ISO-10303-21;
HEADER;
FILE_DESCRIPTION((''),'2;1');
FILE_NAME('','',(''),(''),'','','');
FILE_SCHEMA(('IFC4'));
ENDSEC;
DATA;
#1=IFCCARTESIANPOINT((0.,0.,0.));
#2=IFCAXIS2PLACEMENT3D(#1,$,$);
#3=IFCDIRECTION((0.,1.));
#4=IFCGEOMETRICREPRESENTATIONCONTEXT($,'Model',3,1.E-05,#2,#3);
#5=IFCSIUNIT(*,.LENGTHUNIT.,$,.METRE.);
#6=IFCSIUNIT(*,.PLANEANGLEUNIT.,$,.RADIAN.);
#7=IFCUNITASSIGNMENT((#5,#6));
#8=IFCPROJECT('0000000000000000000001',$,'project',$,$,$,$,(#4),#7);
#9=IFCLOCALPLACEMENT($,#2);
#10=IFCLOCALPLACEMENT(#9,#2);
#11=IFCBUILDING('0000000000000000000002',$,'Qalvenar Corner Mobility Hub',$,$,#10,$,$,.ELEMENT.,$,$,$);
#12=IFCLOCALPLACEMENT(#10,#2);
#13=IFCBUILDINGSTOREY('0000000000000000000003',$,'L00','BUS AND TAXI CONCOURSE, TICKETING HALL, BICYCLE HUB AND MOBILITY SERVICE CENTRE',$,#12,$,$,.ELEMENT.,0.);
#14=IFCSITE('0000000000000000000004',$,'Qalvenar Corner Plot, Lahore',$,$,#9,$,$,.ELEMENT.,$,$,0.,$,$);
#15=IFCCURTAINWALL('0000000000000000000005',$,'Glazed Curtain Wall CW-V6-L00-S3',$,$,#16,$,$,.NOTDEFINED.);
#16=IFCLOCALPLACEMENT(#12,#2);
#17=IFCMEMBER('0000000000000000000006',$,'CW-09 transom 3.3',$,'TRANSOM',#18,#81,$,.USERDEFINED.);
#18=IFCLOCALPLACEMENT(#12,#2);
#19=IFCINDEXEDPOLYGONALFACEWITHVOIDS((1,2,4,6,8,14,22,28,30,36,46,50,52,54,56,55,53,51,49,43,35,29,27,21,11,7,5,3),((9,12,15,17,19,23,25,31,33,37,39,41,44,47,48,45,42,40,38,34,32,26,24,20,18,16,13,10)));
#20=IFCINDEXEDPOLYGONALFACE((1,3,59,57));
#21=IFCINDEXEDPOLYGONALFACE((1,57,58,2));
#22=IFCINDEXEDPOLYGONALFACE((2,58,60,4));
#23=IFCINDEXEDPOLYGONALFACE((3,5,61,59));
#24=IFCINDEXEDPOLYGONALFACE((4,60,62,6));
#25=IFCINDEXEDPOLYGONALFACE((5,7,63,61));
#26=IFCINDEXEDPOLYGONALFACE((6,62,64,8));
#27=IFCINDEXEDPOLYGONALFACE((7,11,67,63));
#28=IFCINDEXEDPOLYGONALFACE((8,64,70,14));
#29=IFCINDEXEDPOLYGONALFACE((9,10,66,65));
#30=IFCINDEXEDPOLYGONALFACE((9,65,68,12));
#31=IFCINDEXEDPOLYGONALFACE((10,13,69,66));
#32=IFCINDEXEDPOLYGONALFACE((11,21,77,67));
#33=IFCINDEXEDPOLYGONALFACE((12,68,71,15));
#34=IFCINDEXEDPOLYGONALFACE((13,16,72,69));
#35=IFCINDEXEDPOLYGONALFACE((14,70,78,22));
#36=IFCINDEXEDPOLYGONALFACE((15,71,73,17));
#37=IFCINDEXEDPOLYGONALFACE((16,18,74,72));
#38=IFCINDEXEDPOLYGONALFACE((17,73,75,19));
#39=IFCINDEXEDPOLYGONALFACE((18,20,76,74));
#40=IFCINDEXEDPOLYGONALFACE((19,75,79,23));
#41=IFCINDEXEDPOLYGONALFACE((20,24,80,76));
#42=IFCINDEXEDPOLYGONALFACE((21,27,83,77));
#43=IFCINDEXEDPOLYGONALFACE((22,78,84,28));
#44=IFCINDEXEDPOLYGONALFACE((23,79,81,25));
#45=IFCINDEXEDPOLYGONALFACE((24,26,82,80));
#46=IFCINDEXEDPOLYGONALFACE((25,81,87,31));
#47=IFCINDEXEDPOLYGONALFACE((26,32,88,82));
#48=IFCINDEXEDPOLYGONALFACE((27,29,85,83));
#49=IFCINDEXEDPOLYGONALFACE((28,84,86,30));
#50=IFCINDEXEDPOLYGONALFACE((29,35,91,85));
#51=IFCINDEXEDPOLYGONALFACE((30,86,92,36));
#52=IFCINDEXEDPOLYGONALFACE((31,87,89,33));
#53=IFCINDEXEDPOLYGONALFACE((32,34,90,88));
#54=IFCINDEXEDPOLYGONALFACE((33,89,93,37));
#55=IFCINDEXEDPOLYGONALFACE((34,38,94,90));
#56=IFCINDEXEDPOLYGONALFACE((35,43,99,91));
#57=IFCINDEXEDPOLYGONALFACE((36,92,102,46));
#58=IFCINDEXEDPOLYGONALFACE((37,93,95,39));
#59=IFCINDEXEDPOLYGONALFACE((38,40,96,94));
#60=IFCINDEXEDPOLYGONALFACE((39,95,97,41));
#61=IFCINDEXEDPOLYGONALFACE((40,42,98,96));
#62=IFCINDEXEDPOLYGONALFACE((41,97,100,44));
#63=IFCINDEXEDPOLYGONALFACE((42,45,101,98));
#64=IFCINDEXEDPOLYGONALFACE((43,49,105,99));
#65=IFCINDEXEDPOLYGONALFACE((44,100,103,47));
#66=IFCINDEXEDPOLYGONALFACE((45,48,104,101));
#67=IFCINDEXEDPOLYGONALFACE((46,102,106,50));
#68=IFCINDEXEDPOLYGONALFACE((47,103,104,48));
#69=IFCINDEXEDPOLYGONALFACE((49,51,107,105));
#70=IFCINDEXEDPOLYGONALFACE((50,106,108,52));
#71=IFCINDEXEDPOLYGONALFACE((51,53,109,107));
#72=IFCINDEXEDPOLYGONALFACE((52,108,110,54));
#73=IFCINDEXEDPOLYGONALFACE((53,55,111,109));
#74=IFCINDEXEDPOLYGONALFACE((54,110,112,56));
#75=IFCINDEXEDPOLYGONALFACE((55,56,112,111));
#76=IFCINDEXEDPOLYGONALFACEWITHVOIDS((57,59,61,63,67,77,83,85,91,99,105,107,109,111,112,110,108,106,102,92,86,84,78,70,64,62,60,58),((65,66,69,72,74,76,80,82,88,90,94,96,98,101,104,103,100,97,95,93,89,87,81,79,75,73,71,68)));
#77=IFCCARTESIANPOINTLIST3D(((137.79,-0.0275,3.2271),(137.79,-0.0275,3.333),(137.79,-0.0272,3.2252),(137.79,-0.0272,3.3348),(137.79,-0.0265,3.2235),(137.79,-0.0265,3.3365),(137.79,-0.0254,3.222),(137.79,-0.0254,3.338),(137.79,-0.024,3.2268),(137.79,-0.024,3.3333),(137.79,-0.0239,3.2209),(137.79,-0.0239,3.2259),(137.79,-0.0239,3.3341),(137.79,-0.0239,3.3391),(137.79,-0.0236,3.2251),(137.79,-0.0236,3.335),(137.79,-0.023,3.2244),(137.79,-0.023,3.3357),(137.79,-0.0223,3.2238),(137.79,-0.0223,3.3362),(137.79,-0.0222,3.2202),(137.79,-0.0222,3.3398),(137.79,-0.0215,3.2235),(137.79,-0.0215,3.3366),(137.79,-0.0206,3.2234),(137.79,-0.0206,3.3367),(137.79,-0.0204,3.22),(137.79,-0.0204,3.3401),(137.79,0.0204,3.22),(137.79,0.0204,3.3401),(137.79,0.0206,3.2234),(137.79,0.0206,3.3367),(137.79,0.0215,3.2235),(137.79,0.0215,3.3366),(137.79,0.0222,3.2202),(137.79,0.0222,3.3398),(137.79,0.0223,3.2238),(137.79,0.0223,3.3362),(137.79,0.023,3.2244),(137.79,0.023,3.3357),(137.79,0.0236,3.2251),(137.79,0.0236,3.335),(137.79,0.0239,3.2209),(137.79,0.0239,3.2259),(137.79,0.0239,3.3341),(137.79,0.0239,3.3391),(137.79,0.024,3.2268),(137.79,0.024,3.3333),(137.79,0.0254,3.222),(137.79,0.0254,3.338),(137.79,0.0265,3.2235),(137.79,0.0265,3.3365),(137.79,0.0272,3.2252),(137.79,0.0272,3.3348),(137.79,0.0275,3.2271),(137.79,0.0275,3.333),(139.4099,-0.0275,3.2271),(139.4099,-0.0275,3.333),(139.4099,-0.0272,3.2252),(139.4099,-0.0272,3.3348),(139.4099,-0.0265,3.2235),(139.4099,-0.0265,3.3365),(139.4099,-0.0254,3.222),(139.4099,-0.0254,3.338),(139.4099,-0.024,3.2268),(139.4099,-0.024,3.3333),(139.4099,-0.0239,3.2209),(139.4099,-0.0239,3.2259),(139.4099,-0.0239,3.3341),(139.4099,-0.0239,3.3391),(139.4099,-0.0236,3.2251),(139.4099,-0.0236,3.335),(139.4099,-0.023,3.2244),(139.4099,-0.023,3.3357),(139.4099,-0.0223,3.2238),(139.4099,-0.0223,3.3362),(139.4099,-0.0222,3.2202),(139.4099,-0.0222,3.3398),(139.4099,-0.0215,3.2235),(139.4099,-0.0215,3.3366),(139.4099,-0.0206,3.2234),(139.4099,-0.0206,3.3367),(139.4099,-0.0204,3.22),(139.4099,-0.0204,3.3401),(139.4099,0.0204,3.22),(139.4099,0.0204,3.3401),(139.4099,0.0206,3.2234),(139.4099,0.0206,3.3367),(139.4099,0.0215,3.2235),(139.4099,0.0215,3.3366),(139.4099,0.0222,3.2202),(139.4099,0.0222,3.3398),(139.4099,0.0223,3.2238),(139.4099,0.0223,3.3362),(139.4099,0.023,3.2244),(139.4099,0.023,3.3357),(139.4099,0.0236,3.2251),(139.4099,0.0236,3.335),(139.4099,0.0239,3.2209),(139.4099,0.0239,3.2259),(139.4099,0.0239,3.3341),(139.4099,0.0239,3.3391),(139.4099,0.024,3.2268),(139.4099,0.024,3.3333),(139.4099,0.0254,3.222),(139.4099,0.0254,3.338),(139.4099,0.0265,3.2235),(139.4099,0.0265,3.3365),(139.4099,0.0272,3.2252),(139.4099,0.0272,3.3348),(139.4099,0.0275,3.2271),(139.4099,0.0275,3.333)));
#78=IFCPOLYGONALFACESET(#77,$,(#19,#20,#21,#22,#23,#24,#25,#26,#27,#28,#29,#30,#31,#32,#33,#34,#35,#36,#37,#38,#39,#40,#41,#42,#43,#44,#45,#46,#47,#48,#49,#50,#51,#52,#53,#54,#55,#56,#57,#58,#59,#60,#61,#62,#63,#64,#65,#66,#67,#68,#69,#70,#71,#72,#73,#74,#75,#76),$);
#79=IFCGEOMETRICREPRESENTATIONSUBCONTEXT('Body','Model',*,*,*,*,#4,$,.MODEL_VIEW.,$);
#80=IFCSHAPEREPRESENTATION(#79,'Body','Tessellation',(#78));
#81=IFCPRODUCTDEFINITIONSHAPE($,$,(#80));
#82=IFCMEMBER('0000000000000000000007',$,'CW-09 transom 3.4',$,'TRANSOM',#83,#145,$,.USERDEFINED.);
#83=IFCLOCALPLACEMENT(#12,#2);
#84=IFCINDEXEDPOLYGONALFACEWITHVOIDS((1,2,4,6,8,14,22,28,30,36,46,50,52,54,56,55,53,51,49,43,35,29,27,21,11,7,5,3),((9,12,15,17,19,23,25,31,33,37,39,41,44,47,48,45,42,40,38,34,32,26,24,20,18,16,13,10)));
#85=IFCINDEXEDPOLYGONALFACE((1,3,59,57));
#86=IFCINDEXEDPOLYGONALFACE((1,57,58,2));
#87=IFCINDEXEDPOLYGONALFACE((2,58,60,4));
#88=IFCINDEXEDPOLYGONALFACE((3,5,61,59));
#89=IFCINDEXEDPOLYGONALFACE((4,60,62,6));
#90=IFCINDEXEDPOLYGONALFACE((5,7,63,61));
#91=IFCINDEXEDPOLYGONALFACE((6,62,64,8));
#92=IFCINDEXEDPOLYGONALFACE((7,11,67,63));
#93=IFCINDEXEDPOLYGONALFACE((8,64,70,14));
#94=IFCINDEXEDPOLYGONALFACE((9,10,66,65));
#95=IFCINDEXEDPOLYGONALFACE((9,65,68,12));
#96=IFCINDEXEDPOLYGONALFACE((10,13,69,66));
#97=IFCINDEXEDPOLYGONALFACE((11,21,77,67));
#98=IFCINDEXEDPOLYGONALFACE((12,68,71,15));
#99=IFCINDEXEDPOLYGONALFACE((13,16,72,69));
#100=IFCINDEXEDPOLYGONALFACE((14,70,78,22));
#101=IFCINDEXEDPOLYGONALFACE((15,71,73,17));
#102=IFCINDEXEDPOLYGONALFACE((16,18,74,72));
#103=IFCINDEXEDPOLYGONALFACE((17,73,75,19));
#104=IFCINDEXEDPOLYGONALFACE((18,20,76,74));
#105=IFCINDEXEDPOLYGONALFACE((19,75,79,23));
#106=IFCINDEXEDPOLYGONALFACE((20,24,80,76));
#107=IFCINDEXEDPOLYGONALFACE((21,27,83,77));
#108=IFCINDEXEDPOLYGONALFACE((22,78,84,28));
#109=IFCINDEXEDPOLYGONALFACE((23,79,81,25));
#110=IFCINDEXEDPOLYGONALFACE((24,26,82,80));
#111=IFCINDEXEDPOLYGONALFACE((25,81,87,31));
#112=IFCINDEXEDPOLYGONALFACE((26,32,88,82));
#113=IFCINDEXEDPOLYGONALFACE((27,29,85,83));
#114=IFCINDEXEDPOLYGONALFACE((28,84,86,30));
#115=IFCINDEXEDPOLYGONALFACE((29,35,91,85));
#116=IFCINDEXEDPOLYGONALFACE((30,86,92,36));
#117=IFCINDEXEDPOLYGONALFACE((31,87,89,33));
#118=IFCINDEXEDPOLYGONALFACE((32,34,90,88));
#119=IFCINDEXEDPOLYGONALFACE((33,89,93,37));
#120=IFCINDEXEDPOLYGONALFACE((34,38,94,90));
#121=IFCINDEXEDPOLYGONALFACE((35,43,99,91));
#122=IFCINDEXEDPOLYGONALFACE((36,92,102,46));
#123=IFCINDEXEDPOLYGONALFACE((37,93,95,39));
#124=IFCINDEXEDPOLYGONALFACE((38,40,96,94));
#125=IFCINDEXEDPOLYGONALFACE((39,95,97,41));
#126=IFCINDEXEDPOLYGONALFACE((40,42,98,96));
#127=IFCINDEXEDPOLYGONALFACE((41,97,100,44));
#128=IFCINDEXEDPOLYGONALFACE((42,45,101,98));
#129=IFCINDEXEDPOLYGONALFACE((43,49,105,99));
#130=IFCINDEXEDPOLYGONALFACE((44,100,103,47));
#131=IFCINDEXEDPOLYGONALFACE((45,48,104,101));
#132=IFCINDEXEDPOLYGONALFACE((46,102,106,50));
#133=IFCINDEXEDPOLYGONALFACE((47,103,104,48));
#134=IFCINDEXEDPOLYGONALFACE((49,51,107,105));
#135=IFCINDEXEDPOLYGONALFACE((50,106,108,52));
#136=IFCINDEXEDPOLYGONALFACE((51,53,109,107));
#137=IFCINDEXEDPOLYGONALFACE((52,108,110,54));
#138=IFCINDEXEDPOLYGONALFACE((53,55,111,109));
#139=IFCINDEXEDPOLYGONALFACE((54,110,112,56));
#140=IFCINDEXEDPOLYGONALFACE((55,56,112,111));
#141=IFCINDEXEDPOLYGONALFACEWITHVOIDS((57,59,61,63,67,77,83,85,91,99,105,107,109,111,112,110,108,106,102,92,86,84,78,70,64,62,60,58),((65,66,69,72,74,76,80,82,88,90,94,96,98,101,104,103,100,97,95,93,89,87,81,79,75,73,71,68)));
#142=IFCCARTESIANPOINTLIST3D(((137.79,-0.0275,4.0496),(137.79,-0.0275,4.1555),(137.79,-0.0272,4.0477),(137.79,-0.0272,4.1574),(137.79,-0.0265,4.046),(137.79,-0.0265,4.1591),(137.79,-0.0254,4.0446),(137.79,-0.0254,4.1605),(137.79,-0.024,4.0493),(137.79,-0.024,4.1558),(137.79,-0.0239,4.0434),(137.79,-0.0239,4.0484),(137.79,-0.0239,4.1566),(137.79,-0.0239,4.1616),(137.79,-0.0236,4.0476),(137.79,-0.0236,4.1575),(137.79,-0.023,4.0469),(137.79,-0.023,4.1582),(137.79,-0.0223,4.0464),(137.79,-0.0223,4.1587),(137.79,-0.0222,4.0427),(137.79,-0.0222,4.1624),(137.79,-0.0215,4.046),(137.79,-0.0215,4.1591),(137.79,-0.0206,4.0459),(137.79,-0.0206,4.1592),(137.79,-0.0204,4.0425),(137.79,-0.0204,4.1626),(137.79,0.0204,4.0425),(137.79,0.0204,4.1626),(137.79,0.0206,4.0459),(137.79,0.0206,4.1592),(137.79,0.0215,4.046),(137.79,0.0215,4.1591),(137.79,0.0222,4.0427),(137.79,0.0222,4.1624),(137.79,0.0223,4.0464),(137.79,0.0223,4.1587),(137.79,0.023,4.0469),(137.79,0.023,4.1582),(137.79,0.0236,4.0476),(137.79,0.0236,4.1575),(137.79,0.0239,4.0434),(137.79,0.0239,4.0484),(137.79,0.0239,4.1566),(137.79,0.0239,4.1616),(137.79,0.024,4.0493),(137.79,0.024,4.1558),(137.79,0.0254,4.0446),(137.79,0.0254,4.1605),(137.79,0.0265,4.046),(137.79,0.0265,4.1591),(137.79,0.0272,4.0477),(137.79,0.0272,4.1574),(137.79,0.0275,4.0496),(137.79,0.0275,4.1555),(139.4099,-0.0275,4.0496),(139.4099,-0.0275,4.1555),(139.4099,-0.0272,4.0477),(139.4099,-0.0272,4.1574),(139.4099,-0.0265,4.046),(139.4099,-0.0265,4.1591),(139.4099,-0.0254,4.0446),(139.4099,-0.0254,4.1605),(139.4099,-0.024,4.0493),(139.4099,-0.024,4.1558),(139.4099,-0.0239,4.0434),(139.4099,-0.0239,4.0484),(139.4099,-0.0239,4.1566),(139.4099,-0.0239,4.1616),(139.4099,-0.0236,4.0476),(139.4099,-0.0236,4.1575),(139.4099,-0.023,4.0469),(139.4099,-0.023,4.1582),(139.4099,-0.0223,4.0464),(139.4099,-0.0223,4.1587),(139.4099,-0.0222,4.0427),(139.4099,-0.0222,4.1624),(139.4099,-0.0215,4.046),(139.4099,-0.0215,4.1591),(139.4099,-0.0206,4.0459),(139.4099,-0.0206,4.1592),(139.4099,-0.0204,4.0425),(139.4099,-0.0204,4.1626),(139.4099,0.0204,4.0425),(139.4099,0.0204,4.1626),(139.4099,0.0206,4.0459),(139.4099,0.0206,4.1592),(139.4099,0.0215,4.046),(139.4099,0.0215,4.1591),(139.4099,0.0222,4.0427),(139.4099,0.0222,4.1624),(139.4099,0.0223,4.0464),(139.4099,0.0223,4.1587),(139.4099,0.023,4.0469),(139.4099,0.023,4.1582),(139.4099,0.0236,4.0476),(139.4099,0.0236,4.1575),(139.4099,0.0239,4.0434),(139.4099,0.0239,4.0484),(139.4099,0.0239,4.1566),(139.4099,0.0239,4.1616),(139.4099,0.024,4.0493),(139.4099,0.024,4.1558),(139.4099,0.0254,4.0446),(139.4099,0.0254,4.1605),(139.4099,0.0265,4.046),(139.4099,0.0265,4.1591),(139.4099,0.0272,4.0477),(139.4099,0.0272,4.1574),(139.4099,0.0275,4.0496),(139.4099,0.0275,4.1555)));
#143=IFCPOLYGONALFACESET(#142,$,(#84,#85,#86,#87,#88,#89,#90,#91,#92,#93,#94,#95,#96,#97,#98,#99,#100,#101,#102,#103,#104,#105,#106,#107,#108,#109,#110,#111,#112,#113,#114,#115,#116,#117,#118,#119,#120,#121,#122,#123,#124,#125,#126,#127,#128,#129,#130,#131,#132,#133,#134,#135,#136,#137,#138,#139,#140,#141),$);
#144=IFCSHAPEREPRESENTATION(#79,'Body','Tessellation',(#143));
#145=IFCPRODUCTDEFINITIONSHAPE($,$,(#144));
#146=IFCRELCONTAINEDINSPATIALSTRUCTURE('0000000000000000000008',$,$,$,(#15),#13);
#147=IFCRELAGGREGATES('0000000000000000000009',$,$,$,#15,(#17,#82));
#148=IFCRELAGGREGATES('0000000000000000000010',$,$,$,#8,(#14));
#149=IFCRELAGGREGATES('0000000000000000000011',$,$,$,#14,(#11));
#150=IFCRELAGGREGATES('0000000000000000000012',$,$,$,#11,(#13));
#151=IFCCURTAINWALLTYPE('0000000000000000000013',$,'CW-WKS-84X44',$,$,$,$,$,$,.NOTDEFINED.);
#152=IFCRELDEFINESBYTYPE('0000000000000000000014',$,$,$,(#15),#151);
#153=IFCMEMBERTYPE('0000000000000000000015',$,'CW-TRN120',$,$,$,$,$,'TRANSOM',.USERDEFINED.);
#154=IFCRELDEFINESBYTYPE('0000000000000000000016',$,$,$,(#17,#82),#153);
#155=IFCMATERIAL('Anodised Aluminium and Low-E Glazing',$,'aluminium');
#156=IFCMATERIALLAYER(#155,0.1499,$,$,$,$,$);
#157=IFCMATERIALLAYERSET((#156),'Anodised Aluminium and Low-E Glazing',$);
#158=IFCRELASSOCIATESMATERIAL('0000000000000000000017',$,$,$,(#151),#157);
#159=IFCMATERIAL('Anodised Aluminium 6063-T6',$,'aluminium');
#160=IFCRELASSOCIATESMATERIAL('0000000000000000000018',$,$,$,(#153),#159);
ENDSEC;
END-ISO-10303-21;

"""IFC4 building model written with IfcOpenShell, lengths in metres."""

from ifc_helpers import new_model, si_unit, direction, frame, origin, origin_2d, place, context, subcontext, project, spatial, hollow_rectangle, extrude, material, layer, layer_set, material_profile, profile_set, type_object, element, aggregate, save


model = new_model("IFC4")

# Units and contexts
model_context = context("Model", 3, precision=1e-05, world=origin(), true_north=direction((0.0, 1.0)))
body_context = subcontext(model_context, "Body", "Model", "MODEL_VIEW")
ifc_project = project(units=[si_unit("LENGTHUNIT", "METRE"), si_unit("PLANEANGLEUNIT", "RADIAN")], contexts=[model_context])

# Site, building, storey
site_placement = place(None, origin())
site = spatial("IfcSite", under=ifc_project, at=site_placement, Name="Qalvenar Corner Plot, Lahore", CompositionType="ELEMENT", RefElevation=0.0)
building_placement = place(site_placement, origin())
building = spatial("IfcBuilding", under=site, at=building_placement, Name="Qalvenar Corner Mobility Hub", CompositionType="ELEMENT")
storey_placement = place(building_placement, origin())
storey = spatial("IfcBuildingStorey", under=building, at=storey_placement, Name="L00", Description="BUS AND TAXI CONCOURSE, TICKETING HALL, BICYCLE HUB AND MOBILITY SERVICE CENTRE", CompositionType="ELEMENT", Elevation=0.0)

# Curtain wall, members
ifc_material_1 = material(Name="Anodised Aluminium and Low-E Glazing", Category="aluminium")
ifc_layer_1 = layer(ifc_material_1, 0.1499)
ifc_layer_set_1 = layer_set([ifc_layer_1], Name="Anodised Aluminium and Low-E Glazing")
curtain_wall_type = type_object("IfcCurtainWallType", Name="CW-WKS-84X44", PredefinedType="NOTDEFINED", material=ifc_layer_set_1)
curtain_wall_placement = place(storey_placement, origin())
curtain_wall = element("IfcCurtainWall", 1, at=curtain_wall_placement, inside=storey, type_object=curtain_wall_type, Name="Glazed Curtain Wall CW-V6-L00-S3", PredefinedType="NOTDEFINED")
ifc_material_2 = material(Name="Anodised Aluminium 6063-T6", Category="aluminium")
ifc_material_profile_1 = material_profile(ifc_material_2, hollow_rectangle(XDim=0.0549, YDim=0.1201, WallThickness=0.0034, InnerFilletRadius=0.0034, OuterFilletRadius=0.0071, at=origin_2d()), Name="RHS120x55x3.5")
ifc_profile_set_1 = profile_set([ifc_material_profile_1], Name="Anodised Aluminium 6063-T6")
member_type_1 = type_object("IfcMemberType", Name="CW-TRN120", ElementType="TRANSOM", PredefinedType="USERDEFINED", material=ifc_profile_set_1)
member_1_placement = place(storey_placement, frame((137.79, 0.0, 3.28), z_axis=(1.0, 0.0, 0.0), x_axis=(0.0, 1.0, 0.0)))
member_1 = element("IfcMember", 2, at=member_1_placement, type_object=member_type_1, Name="CW-09 transom 3.3", ObjectType="TRANSOM", PredefinedType="USERDEFINED", context=body_context, shape_type="SweptSolid", body=[
    extrude(hollow_rectangle(XDim=0.0549, YDim=0.1201, WallThickness=0.0034, InnerFilletRadius=0.0034, OuterFilletRadius=0.0071, at=origin_2d()), origin(), (0.0, 0.0, 1.0), 1.6199),
])
member_2_placement = place(storey_placement, frame((137.79, 0.0, 4.1025), z_axis=(1.0, 0.0, 0.0), x_axis=(0.0, 1.0, 0.0)))
member_2 = element("IfcMember", 3, at=member_2_placement, type_object=member_type_1, Name="CW-09 transom 3.4", ObjectType="TRANSOM", PredefinedType="USERDEFINED", context=body_context, shape_type="SweptSolid", body=[
    extrude(hollow_rectangle(XDim=0.0549, YDim=0.1201, WallThickness=0.0034, InnerFilletRadius=0.0034, OuterFilletRadius=0.0071, at=origin_2d()), origin(), (0.0, 0.0, 1.0), 1.6199),
])
aggregate(curtain_wall, [member_1, member_2])

save(model, "model.ifc")
